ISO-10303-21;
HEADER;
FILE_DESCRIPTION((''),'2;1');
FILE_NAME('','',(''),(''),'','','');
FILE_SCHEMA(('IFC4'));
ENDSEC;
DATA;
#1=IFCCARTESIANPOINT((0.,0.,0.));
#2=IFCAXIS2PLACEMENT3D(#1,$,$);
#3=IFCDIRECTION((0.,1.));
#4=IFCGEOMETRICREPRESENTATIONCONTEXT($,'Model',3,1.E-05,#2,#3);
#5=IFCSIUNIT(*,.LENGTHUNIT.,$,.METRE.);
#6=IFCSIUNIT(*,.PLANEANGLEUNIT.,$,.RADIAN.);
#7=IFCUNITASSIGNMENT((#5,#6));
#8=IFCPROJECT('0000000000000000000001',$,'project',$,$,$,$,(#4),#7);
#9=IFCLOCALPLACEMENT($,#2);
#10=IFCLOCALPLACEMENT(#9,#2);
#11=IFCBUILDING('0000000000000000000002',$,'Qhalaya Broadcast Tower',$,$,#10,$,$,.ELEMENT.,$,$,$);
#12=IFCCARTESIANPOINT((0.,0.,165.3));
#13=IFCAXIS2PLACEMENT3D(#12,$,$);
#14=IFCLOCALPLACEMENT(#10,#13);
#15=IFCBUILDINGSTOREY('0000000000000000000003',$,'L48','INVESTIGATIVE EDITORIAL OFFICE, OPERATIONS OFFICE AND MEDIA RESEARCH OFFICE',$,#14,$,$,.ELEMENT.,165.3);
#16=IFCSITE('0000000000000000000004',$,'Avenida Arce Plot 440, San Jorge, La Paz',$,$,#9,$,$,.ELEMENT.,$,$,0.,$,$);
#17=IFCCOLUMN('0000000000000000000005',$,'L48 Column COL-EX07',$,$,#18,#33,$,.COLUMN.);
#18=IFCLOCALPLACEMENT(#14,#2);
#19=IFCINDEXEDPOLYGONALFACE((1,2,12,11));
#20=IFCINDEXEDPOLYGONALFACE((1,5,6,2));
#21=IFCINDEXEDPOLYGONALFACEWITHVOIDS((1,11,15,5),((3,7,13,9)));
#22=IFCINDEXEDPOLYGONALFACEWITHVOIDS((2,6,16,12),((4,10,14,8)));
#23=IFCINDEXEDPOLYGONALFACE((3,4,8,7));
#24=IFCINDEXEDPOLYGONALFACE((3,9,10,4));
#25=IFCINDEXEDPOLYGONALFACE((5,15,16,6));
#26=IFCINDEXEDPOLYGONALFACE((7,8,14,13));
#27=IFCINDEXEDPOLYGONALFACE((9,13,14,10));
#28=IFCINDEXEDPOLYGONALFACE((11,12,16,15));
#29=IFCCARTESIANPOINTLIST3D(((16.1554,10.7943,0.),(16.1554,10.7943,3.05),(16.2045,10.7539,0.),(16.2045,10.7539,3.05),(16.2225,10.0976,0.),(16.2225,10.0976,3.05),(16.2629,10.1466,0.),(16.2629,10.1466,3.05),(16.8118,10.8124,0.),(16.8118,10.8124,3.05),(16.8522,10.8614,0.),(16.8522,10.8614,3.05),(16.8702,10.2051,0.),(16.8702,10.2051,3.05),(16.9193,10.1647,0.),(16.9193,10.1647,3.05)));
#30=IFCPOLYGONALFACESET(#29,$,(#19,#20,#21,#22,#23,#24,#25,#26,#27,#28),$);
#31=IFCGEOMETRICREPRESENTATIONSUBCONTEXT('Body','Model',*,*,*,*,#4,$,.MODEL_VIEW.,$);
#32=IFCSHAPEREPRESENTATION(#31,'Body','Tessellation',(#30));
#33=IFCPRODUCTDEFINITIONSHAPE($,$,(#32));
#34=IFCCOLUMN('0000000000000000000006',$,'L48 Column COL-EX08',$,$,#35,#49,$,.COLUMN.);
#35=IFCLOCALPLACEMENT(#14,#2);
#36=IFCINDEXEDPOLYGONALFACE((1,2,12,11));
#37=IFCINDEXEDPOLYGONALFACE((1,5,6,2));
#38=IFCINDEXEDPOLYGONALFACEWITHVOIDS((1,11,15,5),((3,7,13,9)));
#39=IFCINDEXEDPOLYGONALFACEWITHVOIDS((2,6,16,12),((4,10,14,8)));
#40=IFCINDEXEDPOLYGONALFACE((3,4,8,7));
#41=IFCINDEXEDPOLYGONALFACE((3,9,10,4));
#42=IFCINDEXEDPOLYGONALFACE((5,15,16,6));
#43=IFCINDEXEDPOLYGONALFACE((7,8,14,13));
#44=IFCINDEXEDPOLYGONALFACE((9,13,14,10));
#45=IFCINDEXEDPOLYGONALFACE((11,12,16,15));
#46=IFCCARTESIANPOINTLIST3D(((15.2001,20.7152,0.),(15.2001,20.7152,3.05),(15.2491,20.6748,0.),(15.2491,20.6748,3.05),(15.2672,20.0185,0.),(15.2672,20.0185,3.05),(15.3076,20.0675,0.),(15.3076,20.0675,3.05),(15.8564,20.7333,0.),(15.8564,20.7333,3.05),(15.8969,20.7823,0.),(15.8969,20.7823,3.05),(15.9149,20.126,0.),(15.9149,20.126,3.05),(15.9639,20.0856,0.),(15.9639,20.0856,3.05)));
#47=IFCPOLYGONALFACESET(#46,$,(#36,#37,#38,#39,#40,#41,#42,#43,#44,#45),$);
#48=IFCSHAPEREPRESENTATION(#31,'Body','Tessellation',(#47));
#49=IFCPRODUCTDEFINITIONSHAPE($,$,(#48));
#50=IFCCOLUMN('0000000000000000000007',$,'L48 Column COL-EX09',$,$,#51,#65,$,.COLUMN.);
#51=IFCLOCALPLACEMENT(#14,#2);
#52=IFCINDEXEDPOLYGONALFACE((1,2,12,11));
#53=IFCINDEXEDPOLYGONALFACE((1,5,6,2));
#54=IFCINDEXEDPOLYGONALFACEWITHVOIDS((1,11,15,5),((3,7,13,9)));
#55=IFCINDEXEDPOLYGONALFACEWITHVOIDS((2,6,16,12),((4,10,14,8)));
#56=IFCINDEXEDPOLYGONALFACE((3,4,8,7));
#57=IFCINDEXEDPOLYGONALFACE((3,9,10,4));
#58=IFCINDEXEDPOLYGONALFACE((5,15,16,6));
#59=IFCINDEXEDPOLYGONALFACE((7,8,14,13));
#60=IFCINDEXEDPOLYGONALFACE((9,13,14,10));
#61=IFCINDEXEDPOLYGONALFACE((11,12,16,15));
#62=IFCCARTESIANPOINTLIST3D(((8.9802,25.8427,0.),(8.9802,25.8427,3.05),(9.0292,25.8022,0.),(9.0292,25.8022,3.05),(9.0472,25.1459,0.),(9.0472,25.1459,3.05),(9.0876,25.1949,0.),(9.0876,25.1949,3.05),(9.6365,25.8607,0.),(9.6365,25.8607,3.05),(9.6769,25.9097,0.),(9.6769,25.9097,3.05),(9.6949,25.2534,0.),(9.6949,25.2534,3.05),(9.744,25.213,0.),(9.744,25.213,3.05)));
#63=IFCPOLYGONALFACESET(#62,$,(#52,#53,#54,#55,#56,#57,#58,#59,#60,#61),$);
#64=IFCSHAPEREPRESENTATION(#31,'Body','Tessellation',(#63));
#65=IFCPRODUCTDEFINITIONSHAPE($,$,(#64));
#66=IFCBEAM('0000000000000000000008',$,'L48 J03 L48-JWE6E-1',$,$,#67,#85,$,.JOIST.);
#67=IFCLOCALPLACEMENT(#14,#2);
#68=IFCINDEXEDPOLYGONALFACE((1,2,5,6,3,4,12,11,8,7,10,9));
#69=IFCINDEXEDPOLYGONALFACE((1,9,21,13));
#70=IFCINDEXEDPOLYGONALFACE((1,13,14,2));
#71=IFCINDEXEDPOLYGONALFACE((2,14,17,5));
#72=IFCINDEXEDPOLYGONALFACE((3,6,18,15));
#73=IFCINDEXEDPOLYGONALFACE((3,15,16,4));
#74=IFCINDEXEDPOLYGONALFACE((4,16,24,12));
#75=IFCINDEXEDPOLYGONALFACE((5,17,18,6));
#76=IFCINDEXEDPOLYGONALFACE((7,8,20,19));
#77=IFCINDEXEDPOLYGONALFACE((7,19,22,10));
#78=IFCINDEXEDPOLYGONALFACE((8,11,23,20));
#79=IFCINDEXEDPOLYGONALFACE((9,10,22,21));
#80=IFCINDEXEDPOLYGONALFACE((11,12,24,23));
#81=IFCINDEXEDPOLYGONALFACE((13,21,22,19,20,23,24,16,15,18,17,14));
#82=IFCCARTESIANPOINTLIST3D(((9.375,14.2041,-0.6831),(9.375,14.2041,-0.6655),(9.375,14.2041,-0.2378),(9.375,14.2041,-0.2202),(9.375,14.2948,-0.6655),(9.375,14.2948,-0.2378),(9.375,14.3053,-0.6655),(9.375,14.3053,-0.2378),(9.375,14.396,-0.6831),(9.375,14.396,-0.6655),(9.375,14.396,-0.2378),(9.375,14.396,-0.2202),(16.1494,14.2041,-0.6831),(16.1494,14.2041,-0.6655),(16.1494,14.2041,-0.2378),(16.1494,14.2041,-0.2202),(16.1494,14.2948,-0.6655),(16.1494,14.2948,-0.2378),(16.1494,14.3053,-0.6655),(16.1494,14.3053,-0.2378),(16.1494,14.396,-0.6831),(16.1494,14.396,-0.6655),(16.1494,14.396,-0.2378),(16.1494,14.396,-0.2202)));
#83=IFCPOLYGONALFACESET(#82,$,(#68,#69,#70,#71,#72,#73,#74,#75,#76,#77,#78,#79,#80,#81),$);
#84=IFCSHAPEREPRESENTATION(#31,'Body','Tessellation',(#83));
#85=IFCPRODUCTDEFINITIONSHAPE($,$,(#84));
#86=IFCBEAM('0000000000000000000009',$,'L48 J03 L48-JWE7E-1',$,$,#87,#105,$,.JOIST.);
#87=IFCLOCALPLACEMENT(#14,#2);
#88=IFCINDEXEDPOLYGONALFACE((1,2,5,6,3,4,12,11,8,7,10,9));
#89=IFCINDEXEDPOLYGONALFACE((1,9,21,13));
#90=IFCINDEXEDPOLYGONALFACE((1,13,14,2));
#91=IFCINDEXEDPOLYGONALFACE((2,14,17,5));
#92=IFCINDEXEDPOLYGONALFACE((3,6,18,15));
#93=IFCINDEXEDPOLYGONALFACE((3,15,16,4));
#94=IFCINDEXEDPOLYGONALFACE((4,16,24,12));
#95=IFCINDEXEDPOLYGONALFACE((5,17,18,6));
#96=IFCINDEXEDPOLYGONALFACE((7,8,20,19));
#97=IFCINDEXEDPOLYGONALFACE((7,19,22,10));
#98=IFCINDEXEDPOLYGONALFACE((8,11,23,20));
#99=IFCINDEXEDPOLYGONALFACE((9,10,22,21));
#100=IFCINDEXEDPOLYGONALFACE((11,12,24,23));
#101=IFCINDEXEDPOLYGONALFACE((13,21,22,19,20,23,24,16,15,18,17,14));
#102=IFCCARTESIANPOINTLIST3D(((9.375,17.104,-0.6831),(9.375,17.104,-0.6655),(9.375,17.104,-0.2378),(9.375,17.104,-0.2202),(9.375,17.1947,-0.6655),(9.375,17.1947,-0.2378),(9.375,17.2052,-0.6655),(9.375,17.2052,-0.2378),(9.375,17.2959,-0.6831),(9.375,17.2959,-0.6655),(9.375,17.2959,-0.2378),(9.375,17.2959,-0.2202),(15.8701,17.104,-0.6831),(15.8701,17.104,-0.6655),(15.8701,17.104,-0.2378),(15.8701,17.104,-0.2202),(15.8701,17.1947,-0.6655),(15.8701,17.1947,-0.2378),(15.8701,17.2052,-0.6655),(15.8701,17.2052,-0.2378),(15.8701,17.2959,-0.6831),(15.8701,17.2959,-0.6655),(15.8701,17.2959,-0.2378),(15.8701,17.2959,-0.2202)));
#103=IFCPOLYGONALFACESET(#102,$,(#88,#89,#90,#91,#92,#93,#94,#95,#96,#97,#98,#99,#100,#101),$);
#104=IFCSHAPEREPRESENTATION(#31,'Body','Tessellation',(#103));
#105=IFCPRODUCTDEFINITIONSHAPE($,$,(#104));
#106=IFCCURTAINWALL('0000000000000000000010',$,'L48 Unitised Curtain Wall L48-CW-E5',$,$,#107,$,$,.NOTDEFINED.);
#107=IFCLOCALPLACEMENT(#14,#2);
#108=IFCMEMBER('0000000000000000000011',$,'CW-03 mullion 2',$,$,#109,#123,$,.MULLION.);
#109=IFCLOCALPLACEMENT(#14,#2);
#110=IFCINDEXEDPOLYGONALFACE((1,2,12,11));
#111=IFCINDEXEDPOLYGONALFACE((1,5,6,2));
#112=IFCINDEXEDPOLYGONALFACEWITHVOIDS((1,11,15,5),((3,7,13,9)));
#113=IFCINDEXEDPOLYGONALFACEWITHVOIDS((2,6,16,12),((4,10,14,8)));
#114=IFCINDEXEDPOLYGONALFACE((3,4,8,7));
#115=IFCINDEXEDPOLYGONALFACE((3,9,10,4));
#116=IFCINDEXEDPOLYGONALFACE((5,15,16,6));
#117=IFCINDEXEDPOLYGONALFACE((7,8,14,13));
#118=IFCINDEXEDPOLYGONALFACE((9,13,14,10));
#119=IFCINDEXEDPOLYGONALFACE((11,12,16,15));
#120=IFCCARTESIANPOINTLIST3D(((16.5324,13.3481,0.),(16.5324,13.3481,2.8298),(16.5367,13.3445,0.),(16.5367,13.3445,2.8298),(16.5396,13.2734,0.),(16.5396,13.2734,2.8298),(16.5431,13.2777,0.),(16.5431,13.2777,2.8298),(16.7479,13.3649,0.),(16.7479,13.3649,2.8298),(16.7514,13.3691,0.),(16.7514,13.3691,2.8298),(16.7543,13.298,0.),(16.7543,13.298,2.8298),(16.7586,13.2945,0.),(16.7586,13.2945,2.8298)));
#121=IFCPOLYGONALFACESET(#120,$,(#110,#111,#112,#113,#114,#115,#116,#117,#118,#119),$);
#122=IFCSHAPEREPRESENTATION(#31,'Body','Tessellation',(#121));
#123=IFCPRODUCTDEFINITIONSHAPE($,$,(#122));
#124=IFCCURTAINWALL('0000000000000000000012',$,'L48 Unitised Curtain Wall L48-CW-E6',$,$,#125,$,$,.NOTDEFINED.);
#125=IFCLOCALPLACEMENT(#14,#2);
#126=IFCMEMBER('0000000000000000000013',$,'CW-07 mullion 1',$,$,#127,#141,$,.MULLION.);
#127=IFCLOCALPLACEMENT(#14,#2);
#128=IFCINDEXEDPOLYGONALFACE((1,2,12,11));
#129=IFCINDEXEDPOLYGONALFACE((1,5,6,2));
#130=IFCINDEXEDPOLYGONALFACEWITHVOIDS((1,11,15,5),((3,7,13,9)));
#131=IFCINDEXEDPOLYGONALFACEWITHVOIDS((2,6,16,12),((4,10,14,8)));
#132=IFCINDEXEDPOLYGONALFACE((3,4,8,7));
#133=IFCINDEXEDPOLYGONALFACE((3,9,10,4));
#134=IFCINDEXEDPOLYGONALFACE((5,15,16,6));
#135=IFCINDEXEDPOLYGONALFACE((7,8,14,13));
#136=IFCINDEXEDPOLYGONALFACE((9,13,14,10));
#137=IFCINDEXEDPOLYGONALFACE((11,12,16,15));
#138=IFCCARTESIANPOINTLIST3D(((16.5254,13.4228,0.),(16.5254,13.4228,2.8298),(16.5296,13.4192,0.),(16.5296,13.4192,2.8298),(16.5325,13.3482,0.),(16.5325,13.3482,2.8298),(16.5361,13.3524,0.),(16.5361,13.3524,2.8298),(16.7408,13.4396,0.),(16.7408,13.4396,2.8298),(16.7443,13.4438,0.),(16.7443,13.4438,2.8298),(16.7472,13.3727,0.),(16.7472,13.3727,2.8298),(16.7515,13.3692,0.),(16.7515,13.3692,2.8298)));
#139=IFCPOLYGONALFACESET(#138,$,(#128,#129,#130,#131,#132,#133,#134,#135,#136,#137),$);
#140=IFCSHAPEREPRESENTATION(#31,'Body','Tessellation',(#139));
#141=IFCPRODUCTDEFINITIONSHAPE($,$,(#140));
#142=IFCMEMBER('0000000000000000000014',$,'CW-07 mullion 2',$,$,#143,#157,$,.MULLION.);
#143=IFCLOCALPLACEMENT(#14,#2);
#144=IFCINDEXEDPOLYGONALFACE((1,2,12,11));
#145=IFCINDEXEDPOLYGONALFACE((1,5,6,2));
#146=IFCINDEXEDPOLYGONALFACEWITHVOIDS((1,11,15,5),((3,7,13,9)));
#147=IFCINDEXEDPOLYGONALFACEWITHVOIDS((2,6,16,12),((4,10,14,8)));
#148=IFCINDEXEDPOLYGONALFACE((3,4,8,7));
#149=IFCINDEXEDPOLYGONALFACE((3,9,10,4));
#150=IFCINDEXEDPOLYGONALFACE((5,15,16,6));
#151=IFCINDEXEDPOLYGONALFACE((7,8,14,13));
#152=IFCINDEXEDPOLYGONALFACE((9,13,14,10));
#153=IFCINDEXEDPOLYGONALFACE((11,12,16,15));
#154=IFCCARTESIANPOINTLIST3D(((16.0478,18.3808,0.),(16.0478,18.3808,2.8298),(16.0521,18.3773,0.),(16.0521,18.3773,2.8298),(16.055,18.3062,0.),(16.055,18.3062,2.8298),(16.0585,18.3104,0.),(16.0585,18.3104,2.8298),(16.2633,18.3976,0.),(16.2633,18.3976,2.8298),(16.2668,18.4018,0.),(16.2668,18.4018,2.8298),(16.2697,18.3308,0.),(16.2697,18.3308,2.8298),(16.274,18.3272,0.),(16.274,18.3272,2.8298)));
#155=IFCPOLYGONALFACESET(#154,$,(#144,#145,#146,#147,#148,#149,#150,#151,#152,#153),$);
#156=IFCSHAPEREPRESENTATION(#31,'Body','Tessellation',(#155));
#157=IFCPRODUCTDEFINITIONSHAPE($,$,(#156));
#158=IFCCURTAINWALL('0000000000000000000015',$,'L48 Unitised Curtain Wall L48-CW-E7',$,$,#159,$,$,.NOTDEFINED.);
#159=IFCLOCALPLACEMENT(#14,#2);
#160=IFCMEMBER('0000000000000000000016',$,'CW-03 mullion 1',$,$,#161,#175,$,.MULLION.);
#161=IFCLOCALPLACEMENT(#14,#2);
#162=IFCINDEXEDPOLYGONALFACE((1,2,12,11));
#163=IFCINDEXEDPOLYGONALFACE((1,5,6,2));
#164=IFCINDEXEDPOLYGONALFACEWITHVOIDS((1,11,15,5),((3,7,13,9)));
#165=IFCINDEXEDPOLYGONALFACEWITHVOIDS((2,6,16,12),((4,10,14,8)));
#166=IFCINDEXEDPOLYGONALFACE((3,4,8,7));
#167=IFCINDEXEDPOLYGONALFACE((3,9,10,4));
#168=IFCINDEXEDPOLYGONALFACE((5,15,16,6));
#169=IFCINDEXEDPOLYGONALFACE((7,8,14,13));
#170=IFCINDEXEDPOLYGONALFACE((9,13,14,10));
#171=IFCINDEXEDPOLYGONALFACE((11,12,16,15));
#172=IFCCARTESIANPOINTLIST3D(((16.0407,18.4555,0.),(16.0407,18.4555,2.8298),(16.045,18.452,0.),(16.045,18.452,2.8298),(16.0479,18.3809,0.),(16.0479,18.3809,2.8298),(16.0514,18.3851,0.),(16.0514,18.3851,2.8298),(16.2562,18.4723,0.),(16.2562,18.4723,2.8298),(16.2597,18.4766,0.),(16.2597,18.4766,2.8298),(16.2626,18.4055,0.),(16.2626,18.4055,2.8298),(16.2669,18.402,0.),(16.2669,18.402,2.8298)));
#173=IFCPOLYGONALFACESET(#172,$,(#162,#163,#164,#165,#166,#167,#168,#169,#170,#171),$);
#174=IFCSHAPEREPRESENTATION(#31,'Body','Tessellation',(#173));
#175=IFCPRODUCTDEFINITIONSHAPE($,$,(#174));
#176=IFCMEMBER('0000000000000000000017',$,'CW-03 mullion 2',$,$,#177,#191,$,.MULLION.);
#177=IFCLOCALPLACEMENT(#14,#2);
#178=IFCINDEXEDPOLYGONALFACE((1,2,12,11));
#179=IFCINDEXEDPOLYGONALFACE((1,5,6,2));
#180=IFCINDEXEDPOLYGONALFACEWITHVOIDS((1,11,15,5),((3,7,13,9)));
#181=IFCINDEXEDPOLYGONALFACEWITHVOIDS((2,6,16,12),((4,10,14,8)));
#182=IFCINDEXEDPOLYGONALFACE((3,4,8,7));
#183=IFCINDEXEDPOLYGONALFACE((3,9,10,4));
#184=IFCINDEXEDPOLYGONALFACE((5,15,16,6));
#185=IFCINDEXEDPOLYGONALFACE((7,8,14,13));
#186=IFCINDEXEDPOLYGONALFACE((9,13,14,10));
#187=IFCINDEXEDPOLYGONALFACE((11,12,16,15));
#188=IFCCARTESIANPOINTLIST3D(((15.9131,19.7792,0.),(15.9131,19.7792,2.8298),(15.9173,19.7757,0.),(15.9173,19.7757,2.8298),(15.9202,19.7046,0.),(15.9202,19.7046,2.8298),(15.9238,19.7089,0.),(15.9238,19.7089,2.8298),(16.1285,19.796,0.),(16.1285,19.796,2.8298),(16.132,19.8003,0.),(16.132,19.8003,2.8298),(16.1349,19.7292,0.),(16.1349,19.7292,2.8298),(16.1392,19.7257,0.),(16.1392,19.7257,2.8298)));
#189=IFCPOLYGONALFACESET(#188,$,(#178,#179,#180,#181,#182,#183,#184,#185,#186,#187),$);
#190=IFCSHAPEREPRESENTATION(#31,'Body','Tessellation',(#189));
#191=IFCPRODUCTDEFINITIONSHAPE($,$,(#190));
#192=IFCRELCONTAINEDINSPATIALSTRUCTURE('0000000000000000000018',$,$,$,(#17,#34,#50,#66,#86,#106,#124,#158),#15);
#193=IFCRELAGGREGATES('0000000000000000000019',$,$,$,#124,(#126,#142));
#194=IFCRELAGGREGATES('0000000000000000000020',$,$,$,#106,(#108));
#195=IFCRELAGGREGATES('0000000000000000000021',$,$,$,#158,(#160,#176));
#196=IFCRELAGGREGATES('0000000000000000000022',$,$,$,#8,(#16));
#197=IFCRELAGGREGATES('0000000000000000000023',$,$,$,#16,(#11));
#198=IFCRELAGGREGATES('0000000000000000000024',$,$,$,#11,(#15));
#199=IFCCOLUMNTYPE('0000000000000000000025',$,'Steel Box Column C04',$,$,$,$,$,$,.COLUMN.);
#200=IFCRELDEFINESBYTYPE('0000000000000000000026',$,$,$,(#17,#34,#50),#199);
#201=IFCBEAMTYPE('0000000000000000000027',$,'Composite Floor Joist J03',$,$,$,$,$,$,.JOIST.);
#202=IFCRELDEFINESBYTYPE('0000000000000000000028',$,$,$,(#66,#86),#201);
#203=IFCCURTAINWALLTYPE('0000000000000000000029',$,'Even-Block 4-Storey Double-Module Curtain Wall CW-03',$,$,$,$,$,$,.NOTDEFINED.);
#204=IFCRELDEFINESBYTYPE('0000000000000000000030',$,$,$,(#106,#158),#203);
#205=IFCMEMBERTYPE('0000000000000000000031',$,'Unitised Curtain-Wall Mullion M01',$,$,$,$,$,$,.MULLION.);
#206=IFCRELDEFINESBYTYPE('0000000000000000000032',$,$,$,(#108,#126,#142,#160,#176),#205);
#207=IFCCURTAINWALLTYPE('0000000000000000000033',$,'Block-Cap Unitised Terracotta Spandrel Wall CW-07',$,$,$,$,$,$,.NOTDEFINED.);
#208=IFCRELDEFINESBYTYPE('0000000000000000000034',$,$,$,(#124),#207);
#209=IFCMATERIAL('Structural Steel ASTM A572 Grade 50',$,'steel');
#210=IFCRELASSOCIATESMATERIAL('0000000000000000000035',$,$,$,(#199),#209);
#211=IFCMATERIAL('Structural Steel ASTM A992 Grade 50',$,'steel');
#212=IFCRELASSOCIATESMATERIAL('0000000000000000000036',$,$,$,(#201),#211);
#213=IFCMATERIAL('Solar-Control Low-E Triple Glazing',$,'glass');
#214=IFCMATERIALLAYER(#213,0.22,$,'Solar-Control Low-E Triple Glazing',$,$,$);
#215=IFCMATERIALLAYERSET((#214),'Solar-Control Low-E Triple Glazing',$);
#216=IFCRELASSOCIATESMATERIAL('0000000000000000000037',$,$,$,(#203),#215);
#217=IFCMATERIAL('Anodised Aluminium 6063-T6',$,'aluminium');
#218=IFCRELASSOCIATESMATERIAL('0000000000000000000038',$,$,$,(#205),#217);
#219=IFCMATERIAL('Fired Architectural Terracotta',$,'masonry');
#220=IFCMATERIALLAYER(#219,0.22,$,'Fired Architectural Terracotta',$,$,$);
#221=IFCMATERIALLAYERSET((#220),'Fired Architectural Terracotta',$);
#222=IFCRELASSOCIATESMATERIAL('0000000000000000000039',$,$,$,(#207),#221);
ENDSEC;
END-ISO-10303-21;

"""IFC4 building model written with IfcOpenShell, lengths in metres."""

from ifc_helpers import new_model, si_unit, direction, frame, origin, origin_2d, place, context, subcontext, project, spatial, hollow_rectangle, i_section, extrude, material, layer, layer_set, material_profile, profile_set, type_object, element, aggregate, save


model = new_model("IFC4")

# Units and contexts
model_context = context("Model", 3, precision=1e-05, world=origin(), true_north=direction((0.0, 1.0)))
body_context = subcontext(model_context, "Body", "Model", "MODEL_VIEW")
ifc_project = project(units=[si_unit("LENGTHUNIT", "METRE"), si_unit("PLANEANGLEUNIT", "RADIAN")], contexts=[model_context])

# Site, building, storey
site_placement = place(None, origin())
site = spatial("IfcSite", under=ifc_project, at=site_placement, Name="Avenida Arce Plot 440, San Jorge, La Paz", CompositionType="ELEMENT", RefElevation=0.0)
building_placement = place(site_placement, origin())
building = spatial("IfcBuilding", under=site, at=building_placement, Name="Qhalaya Broadcast Tower", CompositionType="ELEMENT")
storey_placement = place(building_placement, frame((0.0, 0.0, 165.3)))
storey = spatial("IfcBuildingStorey", under=building, at=storey_placement, Name="L48", Description="INVESTIGATIVE EDITORIAL OFFICE, OPERATIONS OFFICE AND MEDIA RESEARCH OFFICE", CompositionType="ELEMENT", Elevation=165.3)

# Columns
ifc_material_1 = material(Name="Structural Steel ASTM A572 Grade 50", Category="steel")
ifc_material_profile_1 = material_profile(ifc_material_1, hollow_rectangle(XDim=0.7, YDim=0.7, WallThickness=0.0449, at=origin_2d()), Name="BOX 700x700x45")
ifc_profile_set_1 = profile_set([ifc_material_profile_1], Name="Structural Steel ASTM A572 Grade 50")
column_type = type_object("IfcColumnType", Name="Steel Box Column C04", PredefinedType="COLUMN", material=ifc_profile_set_1)
for number, where, z_axis, x_axis, name in (
    (1, (16.5374, 10.4795, 0.0), (0.0, 0.0, 1.0), (-0.095846, 0.995396, 0.0), "L48 Column COL-EX07"),
    (2, (15.582, 20.4004, 0.0), (0.0, 0.0, 1.0), (-0.095846, 0.995396, 0.0), "L48 Column COL-EX08"),
    (3, (9.3621, 25.5278, 0.0), (0.0, 0.0, 1.0), (0.995396, 0.095846, 0.0), "L48 Column COL-EX09"),
):
    element("IfcColumn", number, at=place(storey_placement, frame(where, z_axis=z_axis, x_axis=x_axis)), inside=storey, type_object=column_type, Name=name, PredefinedType="COLUMN", context=body_context, shape_type="SweptSolid", body=[
        extrude(hollow_rectangle(XDim=0.7, YDim=0.7, WallThickness=0.0449, at=origin_2d()), origin(), (0.0, 0.0, 1.0), 3.05),
    ])

# Beams
ifc_material_2 = material(Name="Structural Steel ASTM A992 Grade 50", Category="steel")
ifc_material_profile_2 = material_profile(ifc_material_2, i_section(OverallWidth=0.1919, OverallDepth=0.4629, WebThickness=0.0105, FlangeThickness=0.0176, at=origin_2d()), Name="W18X60")
ifc_profile_set_2 = profile_set([ifc_material_profile_2], Name="Structural Steel ASTM A992 Grade 50")
beam_type_1 = type_object("IfcBeamType", Name="Composite Floor Joist J03", PredefinedType="JOIST", material=ifc_profile_set_2)
beam_1_placement = place(storey_placement, frame((9.375, 14.3, -0.4517), z_axis=(1.0, 0.0, 0.0), x_axis=(0.0, 1.0, 0.0)))
element("IfcBeam", 4, at=beam_1_placement, inside=storey, type_object=beam_type_1, Name="L48 J03 L48-JWE6E-1", PredefinedType="JOIST", context=body_context, shape_type="SweptSolid", body=[
    extrude(i_section(OverallWidth=0.1919, OverallDepth=0.4629, WebThickness=0.0105, FlangeThickness=0.0176, at=origin_2d()), origin(), (0.0, 0.0, 1.0), 6.7744),
])
beam_2_placement = place(storey_placement, frame((9.375, 17.2, -0.4517), z_axis=(1.0, 0.0, 0.0), x_axis=(0.0, 1.0, 0.0)))
element("IfcBeam", 5, at=beam_2_placement, inside=storey, type_object=beam_type_1, Name="L48 J03 L48-JWE7E-1", PredefinedType="JOIST", context=body_context, shape_type="SweptSolid", body=[
    extrude(i_section(OverallWidth=0.1919, OverallDepth=0.4629, WebThickness=0.0105, FlangeThickness=0.0176, at=origin_2d()), origin(), (0.0, 0.0, 1.0), 6.4951),
])

# Curtain wall, member
ifc_material_3 = material(Name="Solar-Control Low-E Triple Glazing", Category="glass")
ifc_layer_1 = layer(ifc_material_3, 0.22, Name="Solar-Control Low-E Triple Glazing")
ifc_layer_set_1 = layer_set([ifc_layer_1], Name="Solar-Control Low-E Triple Glazing")
curtain_wall_type_1 = type_object("IfcCurtainWallType", Name="Even-Block 4-Storey Double-Module Curtain Wall CW-03", PredefinedType="NOTDEFINED", material=ifc_layer_set_1)
curtain_wall_1_placement = place(storey_placement, origin())
curtain_wall_1 = element("IfcCurtainWall", 6, at=curtain_wall_1_placement, inside=storey, type_object=curtain_wall_type_1, Name="L48 Unitised Curtain Wall L48-CW-E5", PredefinedType="NOTDEFINED")
ifc_material_4 = material(Name="Anodised Aluminium 6063-T6", Category="aluminium")
ifc_material_profile_3 = material_profile(ifc_material_4, hollow_rectangle(XDim=0.075, YDim=0.22, WallThickness=0.0039, at=origin_2d()), Name="ALU-MUL 75x220x4")
ifc_profile_set_3 = profile_set([ifc_material_profile_3], Name="Anodised Aluminium 6063-T6")
member_type_1 = type_object("IfcMemberType", Name="Unitised Curtain-Wall Mullion M01", PredefinedType="MULLION", material=ifc_profile_set_3)
member_1_placement = place(storey_placement, frame((16.6455, 13.3213, 0.0), z_axis=(0.0, 0.0, 1.0), x_axis=(-0.095838, 0.995397, 0.0)))
member_1 = element("IfcMember", 7, at=member_1_placement, type_object=member_type_1, Name="CW-03 mullion 2", PredefinedType="MULLION", context=body_context, shape_type="SweptSolid", body=[
    extrude(hollow_rectangle(XDim=0.075, YDim=0.22, WallThickness=0.0039, at=origin_2d()), origin(), (0.0, 0.0, 1.0), 2.8298),
])

# Curtain walls, members
ifc_material_5 = material(Name="Fired Architectural Terracotta", Category="masonry")
ifc_layer_2 = layer(ifc_material_5, 0.22, Name="Fired Architectural Terracotta")
ifc_layer_set_2 = layer_set([ifc_layer_2], Name="Fired Architectural Terracotta")
curtain_wall_type_2 = type_object("IfcCurtainWallType", Name="Block-Cap Unitised Terracotta Spandrel Wall CW-07", PredefinedType="NOTDEFINED", material=ifc_layer_set_2)
curtain_wall_2_placement = place(storey_placement, origin())
curtain_wall_2 = element("IfcCurtainWall", 8, at=curtain_wall_2_placement, inside=storey, type_object=curtain_wall_type_2, Name="L48 Unitised Curtain Wall L48-CW-E6", PredefinedType="NOTDEFINED")
member_2_placement = place(storey_placement, frame((16.6384, 13.396, 0.0), z_axis=(0.0, 0.0, 1.0), x_axis=(-0.095847, 0.995396, 0.0)))
member_2 = element("IfcMember", 9, at=member_2_placement, type_object=member_type_1, Name="CW-07 mullion 1", PredefinedType="MULLION", context=body_context, shape_type="SweptSolid", body=[
    extrude(hollow_rectangle(XDim=0.075, YDim=0.22, WallThickness=0.0039, at=origin_2d()), origin(), (0.0, 0.0, 1.0), 2.8298),
])
member_3_placement = place(storey_placement, frame((16.1609, 18.354, 0.0), z_axis=(0.0, 0.0, 1.0), x_axis=(-0.095847, 0.995396, 0.0)))
member_3 = element("IfcMember", 10, at=member_3_placement, type_object=member_type_1, Name="CW-07 mullion 2", PredefinedType="MULLION", context=body_context, shape_type="SweptSolid", body=[
    extrude(hollow_rectangle(XDim=0.075, YDim=0.22, WallThickness=0.0039, at=origin_2d()), origin(), (0.0, 0.0, 1.0), 2.8298),
])
curtain_wall_3_placement = place(storey_placement, origin())
curtain_wall_3 = element("IfcCurtainWall", 11, at=curtain_wall_3_placement, inside=storey, type_object=curtain_wall_type_1, Name="L48 Unitised Curtain Wall L48-CW-E7", PredefinedType="NOTDEFINED")
member_4_placement = place(storey_placement, frame((16.1538, 18.4287, 0.0), z_axis=(0.0, 0.0, 1.0), x_axis=(-0.095874, 0.995393, 0.0)))
member_4 = element("IfcMember", 12, at=member_4_placement, type_object=member_type_1, Name="CW-03 mullion 1", PredefinedType="MULLION", context=body_context, shape_type="SweptSolid", body=[
    extrude(hollow_rectangle(XDim=0.075, YDim=0.22, WallThickness=0.0039, at=origin_2d()), origin(), (0.0, 0.0, 1.0), 2.8298),
])
member_5_placement = place(storey_placement, frame((16.0261, 19.7524, 0.0), z_axis=(0.0, 0.0, 1.0), x_axis=(-0.095874, 0.995393, 0.0)))
member_5 = element("IfcMember", 13, at=member_5_placement, type_object=member_type_1, Name="CW-03 mullion 2", PredefinedType="MULLION", context=body_context, shape_type="SweptSolid", body=[
    extrude(hollow_rectangle(XDim=0.075, YDim=0.22, WallThickness=0.0039, at=origin_2d()), origin(), (0.0, 0.0, 1.0), 2.8298),
])

aggregate(curtain_wall_2, [member_2, member_3])
aggregate(curtain_wall_1, [member_1])
aggregate(curtain_wall_3, [member_4, member_5])

save(model, "model.ifc")
